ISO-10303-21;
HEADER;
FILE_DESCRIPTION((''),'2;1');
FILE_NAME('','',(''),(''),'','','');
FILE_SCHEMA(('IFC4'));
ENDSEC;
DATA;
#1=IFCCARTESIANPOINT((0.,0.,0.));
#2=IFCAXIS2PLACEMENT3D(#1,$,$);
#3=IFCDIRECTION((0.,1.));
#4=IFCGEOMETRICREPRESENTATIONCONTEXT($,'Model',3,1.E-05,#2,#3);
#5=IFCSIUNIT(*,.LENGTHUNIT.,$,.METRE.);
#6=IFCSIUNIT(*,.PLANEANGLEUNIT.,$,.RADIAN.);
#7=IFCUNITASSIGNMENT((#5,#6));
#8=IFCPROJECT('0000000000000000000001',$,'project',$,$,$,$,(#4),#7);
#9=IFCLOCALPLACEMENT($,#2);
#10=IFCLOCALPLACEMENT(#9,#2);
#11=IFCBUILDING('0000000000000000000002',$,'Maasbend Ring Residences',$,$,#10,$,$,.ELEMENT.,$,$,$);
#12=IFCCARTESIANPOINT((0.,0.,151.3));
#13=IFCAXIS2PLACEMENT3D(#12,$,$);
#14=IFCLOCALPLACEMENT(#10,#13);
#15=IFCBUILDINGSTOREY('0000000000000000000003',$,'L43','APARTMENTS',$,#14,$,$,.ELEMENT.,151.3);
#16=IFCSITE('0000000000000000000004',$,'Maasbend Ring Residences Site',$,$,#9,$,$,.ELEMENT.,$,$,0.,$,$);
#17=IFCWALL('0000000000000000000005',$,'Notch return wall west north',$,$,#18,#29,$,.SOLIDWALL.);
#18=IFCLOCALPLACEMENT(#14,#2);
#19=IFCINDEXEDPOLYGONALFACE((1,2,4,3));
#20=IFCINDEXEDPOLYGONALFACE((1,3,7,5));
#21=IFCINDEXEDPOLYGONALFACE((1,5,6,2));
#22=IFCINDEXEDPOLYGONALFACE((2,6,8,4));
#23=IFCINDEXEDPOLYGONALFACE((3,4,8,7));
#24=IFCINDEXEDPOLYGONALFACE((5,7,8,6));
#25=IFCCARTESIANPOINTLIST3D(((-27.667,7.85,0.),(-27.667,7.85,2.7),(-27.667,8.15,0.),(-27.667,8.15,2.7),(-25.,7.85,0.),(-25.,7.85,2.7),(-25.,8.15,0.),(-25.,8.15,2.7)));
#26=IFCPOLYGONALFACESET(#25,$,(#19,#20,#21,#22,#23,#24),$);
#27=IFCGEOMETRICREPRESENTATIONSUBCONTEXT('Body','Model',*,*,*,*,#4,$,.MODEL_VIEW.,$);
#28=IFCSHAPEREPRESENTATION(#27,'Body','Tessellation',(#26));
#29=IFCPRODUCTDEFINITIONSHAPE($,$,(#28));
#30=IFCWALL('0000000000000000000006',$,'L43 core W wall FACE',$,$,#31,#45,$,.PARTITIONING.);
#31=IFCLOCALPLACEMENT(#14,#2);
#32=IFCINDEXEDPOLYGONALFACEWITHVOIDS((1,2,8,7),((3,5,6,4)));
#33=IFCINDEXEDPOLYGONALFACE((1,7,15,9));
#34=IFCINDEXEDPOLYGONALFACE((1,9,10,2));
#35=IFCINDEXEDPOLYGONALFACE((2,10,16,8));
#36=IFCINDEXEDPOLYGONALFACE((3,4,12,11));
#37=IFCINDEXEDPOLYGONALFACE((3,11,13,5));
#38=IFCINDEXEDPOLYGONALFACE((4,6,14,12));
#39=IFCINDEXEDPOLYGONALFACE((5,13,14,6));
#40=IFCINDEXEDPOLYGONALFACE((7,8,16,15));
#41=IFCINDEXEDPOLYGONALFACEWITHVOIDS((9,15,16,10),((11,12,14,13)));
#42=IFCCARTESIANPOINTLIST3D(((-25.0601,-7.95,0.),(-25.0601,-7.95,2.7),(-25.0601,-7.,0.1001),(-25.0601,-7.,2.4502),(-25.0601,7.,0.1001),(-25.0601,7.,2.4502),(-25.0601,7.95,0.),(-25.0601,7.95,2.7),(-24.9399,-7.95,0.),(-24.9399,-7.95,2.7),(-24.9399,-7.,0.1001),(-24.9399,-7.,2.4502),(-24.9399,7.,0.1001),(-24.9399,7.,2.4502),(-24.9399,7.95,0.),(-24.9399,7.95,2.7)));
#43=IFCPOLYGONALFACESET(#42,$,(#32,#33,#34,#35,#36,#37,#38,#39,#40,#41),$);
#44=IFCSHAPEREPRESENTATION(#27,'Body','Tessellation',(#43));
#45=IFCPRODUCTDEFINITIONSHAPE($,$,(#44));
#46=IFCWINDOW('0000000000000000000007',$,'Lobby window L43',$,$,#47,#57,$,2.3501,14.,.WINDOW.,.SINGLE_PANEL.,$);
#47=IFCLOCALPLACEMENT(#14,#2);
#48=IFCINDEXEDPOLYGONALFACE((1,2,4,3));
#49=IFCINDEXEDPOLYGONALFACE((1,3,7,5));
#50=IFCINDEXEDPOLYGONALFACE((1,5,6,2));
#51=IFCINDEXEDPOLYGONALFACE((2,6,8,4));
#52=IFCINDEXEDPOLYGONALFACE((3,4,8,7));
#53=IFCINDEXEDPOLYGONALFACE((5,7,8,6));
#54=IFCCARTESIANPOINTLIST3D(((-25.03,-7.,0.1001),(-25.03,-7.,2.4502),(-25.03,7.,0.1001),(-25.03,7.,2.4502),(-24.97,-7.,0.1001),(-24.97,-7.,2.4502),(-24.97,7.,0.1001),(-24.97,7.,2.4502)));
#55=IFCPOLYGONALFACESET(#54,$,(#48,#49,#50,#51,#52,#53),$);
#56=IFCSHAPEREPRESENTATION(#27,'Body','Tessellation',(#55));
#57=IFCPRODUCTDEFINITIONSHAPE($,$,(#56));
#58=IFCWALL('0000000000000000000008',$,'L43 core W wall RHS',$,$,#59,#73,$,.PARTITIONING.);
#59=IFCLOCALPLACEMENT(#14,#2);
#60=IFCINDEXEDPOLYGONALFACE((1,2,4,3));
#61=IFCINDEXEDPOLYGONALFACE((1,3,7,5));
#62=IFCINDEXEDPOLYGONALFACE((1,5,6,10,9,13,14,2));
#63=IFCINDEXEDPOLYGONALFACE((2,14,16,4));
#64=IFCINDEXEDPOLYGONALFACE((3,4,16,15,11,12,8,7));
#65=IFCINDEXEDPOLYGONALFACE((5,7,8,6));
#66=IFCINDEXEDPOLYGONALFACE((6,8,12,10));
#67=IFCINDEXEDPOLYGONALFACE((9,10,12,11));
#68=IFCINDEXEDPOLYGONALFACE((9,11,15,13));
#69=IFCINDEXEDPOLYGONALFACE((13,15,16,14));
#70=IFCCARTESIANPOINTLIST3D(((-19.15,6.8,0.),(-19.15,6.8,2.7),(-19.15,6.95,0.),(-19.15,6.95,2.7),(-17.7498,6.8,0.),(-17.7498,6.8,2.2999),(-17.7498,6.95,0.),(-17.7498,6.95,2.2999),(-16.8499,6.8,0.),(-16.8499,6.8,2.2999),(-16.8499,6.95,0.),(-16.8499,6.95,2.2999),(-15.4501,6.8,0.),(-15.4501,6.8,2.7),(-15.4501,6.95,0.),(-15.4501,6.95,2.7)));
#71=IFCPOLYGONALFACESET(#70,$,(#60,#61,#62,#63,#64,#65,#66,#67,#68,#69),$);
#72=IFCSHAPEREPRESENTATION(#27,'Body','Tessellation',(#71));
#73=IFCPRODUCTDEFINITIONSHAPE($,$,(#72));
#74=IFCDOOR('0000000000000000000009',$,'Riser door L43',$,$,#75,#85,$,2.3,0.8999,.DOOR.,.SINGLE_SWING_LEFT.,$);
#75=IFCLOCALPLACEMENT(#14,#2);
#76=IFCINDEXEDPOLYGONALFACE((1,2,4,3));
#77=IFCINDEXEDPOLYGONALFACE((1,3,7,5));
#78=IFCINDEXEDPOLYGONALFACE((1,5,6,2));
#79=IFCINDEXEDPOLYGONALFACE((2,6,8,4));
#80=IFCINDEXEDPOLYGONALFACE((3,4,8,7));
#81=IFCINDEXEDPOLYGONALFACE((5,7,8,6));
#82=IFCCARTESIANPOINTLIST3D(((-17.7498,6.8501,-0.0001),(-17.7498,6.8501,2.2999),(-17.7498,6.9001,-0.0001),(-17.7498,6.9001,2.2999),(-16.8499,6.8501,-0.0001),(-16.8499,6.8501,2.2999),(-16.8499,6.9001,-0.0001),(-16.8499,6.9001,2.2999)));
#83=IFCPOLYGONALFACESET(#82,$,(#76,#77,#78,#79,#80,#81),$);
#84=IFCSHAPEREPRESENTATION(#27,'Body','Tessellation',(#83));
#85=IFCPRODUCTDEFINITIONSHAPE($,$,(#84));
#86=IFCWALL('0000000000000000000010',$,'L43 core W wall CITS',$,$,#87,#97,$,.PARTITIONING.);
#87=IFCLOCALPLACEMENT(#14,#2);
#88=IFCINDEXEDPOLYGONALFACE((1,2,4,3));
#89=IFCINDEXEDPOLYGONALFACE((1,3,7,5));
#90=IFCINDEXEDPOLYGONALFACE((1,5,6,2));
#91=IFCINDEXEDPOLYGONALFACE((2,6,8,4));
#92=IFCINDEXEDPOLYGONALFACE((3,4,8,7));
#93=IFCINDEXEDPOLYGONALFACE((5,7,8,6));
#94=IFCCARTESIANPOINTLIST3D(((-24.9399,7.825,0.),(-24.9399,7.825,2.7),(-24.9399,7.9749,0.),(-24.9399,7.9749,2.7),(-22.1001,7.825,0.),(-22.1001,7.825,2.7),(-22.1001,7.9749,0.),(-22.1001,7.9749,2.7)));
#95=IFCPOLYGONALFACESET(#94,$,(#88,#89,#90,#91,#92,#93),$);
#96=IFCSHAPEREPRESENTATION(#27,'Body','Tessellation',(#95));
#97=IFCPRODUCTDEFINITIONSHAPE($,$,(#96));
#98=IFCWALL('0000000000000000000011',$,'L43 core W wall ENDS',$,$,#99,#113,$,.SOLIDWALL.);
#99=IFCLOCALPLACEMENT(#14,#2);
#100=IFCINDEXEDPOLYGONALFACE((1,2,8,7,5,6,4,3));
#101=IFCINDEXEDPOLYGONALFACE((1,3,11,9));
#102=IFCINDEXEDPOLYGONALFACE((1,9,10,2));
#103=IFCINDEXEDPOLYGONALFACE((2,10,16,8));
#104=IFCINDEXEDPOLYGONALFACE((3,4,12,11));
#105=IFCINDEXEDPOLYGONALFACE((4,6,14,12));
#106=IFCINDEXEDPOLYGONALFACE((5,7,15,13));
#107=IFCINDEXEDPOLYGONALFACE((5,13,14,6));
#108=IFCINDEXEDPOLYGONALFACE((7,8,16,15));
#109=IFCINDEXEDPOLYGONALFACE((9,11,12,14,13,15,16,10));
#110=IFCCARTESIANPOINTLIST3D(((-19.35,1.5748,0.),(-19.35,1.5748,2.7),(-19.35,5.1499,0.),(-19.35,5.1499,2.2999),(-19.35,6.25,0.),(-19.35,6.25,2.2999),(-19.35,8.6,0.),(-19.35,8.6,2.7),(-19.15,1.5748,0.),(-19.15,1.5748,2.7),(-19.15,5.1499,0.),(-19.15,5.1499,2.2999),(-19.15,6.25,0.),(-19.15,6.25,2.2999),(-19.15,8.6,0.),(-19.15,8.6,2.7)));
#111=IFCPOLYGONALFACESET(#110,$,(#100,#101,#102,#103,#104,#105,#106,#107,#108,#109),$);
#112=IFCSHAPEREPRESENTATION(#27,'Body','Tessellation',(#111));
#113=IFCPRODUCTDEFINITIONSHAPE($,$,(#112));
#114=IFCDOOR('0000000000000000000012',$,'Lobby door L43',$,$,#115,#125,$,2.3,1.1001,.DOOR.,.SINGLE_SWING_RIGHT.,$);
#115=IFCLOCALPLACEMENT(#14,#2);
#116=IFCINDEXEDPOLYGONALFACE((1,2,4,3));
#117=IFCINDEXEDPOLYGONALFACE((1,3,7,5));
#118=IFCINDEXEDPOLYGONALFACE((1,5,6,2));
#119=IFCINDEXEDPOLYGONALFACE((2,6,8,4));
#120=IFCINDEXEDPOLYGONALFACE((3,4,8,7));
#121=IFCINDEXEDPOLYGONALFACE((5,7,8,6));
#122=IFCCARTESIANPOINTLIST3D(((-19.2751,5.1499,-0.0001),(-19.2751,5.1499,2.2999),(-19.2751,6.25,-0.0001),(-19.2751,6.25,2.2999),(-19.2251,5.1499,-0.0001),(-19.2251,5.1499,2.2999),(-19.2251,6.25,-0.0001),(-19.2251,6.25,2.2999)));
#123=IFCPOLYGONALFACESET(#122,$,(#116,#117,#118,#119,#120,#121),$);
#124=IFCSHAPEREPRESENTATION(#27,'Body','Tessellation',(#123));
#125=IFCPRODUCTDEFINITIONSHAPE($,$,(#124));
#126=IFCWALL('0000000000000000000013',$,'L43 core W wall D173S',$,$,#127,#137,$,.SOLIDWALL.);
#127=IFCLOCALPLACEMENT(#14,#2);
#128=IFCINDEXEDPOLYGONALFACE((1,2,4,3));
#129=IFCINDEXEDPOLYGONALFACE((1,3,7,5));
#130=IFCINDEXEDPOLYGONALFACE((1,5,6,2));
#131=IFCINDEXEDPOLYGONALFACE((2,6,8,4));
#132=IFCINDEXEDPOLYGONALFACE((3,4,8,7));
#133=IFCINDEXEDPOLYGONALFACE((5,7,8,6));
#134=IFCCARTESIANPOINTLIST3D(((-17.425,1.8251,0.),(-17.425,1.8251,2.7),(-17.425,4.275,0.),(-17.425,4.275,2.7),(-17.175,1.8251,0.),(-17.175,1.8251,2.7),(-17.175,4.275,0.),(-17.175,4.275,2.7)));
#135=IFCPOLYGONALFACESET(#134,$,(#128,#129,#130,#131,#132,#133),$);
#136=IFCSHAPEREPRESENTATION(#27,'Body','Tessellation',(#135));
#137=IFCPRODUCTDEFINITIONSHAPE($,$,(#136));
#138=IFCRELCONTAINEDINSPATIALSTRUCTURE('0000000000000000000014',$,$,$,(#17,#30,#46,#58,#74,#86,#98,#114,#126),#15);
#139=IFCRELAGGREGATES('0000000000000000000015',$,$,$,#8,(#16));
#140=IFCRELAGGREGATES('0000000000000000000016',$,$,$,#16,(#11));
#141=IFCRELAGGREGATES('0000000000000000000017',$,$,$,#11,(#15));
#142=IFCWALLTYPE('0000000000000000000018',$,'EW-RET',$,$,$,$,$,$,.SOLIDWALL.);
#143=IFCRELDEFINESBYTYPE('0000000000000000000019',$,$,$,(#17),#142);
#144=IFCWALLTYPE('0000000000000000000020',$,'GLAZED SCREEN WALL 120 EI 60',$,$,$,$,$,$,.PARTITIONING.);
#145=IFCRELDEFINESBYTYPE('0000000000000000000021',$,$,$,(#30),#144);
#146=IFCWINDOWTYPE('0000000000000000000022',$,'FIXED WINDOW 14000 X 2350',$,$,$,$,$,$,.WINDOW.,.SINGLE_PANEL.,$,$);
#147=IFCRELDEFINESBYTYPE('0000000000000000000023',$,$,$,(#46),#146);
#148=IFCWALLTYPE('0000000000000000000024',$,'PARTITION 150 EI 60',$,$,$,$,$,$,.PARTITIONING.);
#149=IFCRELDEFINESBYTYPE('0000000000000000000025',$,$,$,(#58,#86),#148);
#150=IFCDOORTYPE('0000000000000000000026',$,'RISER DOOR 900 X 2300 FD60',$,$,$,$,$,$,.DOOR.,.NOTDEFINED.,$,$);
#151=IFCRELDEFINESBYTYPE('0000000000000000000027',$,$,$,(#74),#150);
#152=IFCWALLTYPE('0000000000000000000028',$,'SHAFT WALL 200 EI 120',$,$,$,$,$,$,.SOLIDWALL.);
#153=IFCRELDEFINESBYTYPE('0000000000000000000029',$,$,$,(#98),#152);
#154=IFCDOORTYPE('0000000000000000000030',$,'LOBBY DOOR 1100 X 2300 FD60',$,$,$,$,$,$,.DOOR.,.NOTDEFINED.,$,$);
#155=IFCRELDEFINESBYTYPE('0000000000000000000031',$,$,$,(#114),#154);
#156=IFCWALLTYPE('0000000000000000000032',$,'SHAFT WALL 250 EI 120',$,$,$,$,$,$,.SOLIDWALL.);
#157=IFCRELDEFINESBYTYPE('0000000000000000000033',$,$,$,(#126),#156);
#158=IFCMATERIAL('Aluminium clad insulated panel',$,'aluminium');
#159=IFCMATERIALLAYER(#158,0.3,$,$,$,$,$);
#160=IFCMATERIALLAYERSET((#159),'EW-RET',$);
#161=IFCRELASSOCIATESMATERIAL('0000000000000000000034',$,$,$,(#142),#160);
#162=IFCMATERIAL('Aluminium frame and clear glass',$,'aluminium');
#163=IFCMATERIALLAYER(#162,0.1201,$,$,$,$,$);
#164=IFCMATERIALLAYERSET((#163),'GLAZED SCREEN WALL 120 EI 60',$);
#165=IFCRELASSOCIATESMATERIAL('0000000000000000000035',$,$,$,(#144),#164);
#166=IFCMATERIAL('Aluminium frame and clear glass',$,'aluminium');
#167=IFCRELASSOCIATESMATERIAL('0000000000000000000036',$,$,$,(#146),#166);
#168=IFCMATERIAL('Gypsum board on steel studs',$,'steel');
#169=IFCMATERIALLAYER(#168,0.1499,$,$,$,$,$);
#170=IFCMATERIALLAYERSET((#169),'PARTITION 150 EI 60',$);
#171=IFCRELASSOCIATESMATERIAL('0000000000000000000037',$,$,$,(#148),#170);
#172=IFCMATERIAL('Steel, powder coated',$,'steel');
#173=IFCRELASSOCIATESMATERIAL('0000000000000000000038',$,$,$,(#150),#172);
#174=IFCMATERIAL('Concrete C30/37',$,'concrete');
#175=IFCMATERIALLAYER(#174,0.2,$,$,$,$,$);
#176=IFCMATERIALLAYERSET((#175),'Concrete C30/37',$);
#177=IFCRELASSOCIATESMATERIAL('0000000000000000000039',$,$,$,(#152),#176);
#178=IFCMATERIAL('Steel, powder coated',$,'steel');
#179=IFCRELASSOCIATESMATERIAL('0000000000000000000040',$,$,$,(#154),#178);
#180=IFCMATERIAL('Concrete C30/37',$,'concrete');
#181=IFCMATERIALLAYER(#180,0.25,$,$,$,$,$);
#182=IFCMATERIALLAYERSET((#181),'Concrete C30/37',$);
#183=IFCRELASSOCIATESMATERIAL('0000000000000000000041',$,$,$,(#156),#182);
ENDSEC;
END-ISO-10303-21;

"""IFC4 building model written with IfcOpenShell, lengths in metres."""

from ifc_helpers import new_model, si_unit, direction, frame, frame_2d, origin, place, context, subcontext, project, spatial, rectangle, extrude, material, layer, layer_set, type_object, element, fill, save


model = new_model("IFC4")

# Units and contexts
model_context = context("Model", 3, precision=1e-05, world=origin(), true_north=direction((0.0, 1.0)))
body_context = subcontext(model_context, "Body", "Model", "MODEL_VIEW")
ifc_project = project(units=[si_unit("LENGTHUNIT", "METRE"), si_unit("PLANEANGLEUNIT", "RADIAN")], contexts=[model_context])

# Site, building, storey
site_placement = place(None, origin())
site = spatial("IfcSite", under=ifc_project, at=site_placement, Name="Maasbend Ring Residences Site", CompositionType="ELEMENT", RefElevation=0.0)
building_placement = place(site_placement, origin())
building = spatial("IfcBuilding", under=site, at=building_placement, Name="Maasbend Ring Residences", CompositionType="ELEMENT")
storey_placement = place(building_placement, frame((0.0, 0.0, 151.3)))
storey = spatial("IfcBuildingStorey", under=building, at=storey_placement, Name="L43", Description="APARTMENTS", CompositionType="ELEMENT", Elevation=151.3)

# Wall
ifc_material_1 = material(Name="Aluminium clad insulated panel", Category="aluminium")
ifc_layer_1 = layer(ifc_material_1, 0.3)
ifc_layer_set_1 = layer_set([ifc_layer_1], Name="EW-RET")
wall_type_1 = type_object("IfcWallType", Name="EW-RET", PredefinedType="SOLIDWALL", material=ifc_layer_set_1)
wall_1_placement = place(storey_placement, frame((-25.0, 8.0, 0.0), z_axis=(0.0, 0.0, 1.0), x_axis=(-1.0, 0.0, 0.0)))
element("IfcWall", 1, at=wall_1_placement, inside=storey, type_object=wall_type_1, Name="Notch return wall west north", PredefinedType="SOLIDWALL", context=body_context, shape_type="SweptSolid", body=[
    extrude(rectangle(XDim=2.667, YDim=0.3, at=frame_2d((1.3335, 0.0))), origin(), (0.0, 0.0, 1.0), 2.7),
])

# Wall, opening, window
ifc_material_2 = material(Name="Aluminium frame and clear glass", Category="aluminium")
ifc_layer_2 = layer(ifc_material_2, 0.1201)
ifc_layer_set_2 = layer_set([ifc_layer_2], Name="GLAZED SCREEN WALL 120 EI 60")
wall_type_2 = type_object("IfcWallType", Name="GLAZED SCREEN WALL 120 EI 60", PredefinedType="PARTITIONING", material=ifc_layer_set_2)
wall_2_placement = place(storey_placement, frame((-25.0, 7.95, 0.0), z_axis=(0.0, 0.0, 1.0), x_axis=(0.0, -1.0, 0.0)))
wall_2 = element("IfcWall", 2, at=wall_2_placement, inside=storey, type_object=wall_type_2, Name="L43 core W wall FACE", PredefinedType="PARTITIONING", context=body_context, shape_type="SweptSolid", body=[
    extrude(rectangle(XDim=15.8999, YDim=0.1201, at=frame_2d((7.95, 0.0))), origin(), (0.0, 0.0, 1.0), 2.7),
])
opening_1_placement = place(wall_2_placement, frame((0.95, 0.0, 0.1001)))
opening_1 = element("IfcOpeningElement", 3, at=opening_1_placement, cuts=wall_2, PredefinedType="OPENING", context=body_context, shape_type="SweptSolid", body=[
    extrude(rectangle(XDim=14.0, YDim=2.3501, at=frame_2d((7.0, 1.175))), frame((0.0, 0.0701, 0.0), z_axis=(0.0, -1.0, 0.0), x_axis=(1.0, 0.0, 0.0)), (0.0, 0.0, 1.0), 0.1401),
])
ifc_material_3 = material(Name="Aluminium frame and clear glass", Category="aluminium")
window_type_1 = type_object("IfcWindowType", Name="FIXED WINDOW 14000 X 2350", PartitioningType="SINGLE_PANEL", PredefinedType="WINDOW", material=ifc_material_3)
window_1_placement = place(opening_1_placement, origin())
window_1 = element("IfcWindow", 4, at=window_1_placement, inside=storey, type_object=window_type_1, Name="Lobby window L43", OverallHeight=2.3501, OverallWidth=14.0, PartitioningType="SINGLE_PANEL", PredefinedType="WINDOW", context=body_context, shape_type="SweptSolid", body=[
    extrude(rectangle(XDim=14.0, YDim=2.3501, at=frame_2d((7.0, 1.175))), frame((0.0, 0.03, 0.0), z_axis=(0.0, -1.0, 0.0), x_axis=(1.0, 0.0, 0.0)), (0.0, 0.0, 1.0), 0.0601),
])
fill(opening_1, window_1)

# Wall, opening, door
ifc_material_4 = material(Name="Gypsum board on steel studs", Category="steel")
ifc_layer_3 = layer(ifc_material_4, 0.1499)
ifc_layer_set_3 = layer_set([ifc_layer_3], Name="PARTITION 150 EI 60")
wall_type_3 = type_object("IfcWallType", Name="PARTITION 150 EI 60", PredefinedType="PARTITIONING", material=ifc_layer_set_3)
wall_3_placement = place(storey_placement, frame((-15.45, 6.875, 0.0), z_axis=(0.0, 0.0, 1.0), x_axis=(-1.0, 0.0, 0.0)))
wall_3 = element("IfcWall", 5, at=wall_3_placement, inside=storey, type_object=wall_type_3, Name="L43 core W wall RHS", PredefinedType="PARTITIONING", context=body_context, shape_type="SweptSolid", body=[
    extrude(rectangle(XDim=3.7, YDim=0.1499, at=frame_2d((1.8501, 0.0))), origin(), (0.0, 0.0, 1.0), 2.7),
])
opening_2_placement = place(wall_3_placement, frame((1.3999, 0.0, 0.0)))
opening_2 = element("IfcOpeningElement", 6, at=opening_2_placement, cuts=wall_3, PredefinedType="OPENING", context=body_context, shape_type="SweptSolid", body=[
    extrude(rectangle(XDim=0.8999, YDim=2.3, at=frame_2d((0.45, 1.1499))), frame((0.0, 0.085, 0.0), z_axis=(0.0, -1.0, 0.0), x_axis=(1.0, 0.0, 0.0)), (0.0, 0.0, 1.0), 0.1699),
])
ifc_material_5 = material(Name="Steel, powder coated", Category="steel")
door_type_1 = type_object("IfcDoorType", Name="RISER DOOR 900 X 2300 FD60", OperationType="NOTDEFINED", PredefinedType="DOOR", material=ifc_material_5)
door_1_placement = place(opening_2_placement, origin())
door_1 = element("IfcDoor", 7, at=door_1_placement, inside=storey, type_object=door_type_1, Name="Riser door L43", OperationType="SINGLE_SWING_LEFT", OverallHeight=2.3, OverallWidth=0.8999, PredefinedType="DOOR", context=body_context, shape_type="SweptSolid", body=[
    extrude(rectangle(XDim=0.8999, YDim=2.3, at=frame_2d((0.45, 1.1499))), frame((0.0, 0.0249, 0.0), z_axis=(0.0, -1.0, 0.0), x_axis=(1.0, 0.0, 0.0)), (0.0, 0.0, 1.0), 0.05),
])
fill(opening_2, door_1)

# Wall
wall_4_placement = place(storey_placement, frame((-22.1001, 7.8999, 0.0), z_axis=(0.0, 0.0, 1.0), x_axis=(-1.0, 0.0, 0.0)))
element("IfcWall", 8, at=wall_4_placement, inside=storey, type_object=wall_type_3, Name="L43 core W wall CITS", PredefinedType="PARTITIONING", context=body_context, shape_type="SweptSolid", body=[
    extrude(rectangle(XDim=2.8398, YDim=0.1499, at=frame_2d((1.4199, 0.0))), origin(), (0.0, 0.0, 1.0), 2.7),
])

# Wall, opening, door
ifc_material_6 = material(Name="Concrete C30/37", Category="concrete")
ifc_layer_4 = layer(ifc_material_6, 0.2)
ifc_layer_set_4 = layer_set([ifc_layer_4], Name="Concrete C30/37")
wall_type_4 = type_object("IfcWallType", Name="SHAFT WALL 200 EI 120", PredefinedType="SOLIDWALL", material=ifc_layer_set_4)
wall_5_placement = place(storey_placement, frame((-19.25, 8.6001, 0.0), z_axis=(0.0, 0.0, 1.0), x_axis=(0.0, -1.0, 0.0)))
wall_5 = element("IfcWall", 9, at=wall_5_placement, inside=storey, type_object=wall_type_4, Name="L43 core W wall ENDS", PredefinedType="SOLIDWALL", context=body_context, shape_type="SweptSolid", body=[
    extrude(rectangle(XDim=7.0251, YDim=0.2, at=frame_2d((3.5127, 0.0))), origin(), (0.0, 0.0, 1.0), 2.7),
])
opening_3_placement = place(wall_5_placement, frame((2.3501, 0.0, 0.0)))
opening_3 = element("IfcOpeningElement", 10, at=opening_3_placement, cuts=wall_5, PredefinedType="OPENING", context=body_context, shape_type="SweptSolid", body=[
    extrude(rectangle(XDim=1.1001, YDim=2.3, at=frame_2d((0.55, 1.1499))), frame((0.0, 0.1099, 0.0), z_axis=(0.0, -1.0, 0.0), x_axis=(1.0, 0.0, 0.0)), (0.0, 0.0, 1.0), 0.22),
])
ifc_material_7 = material(Name="Steel, powder coated", Category="steel")
door_type_2 = type_object("IfcDoorType", Name="LOBBY DOOR 1100 X 2300 FD60", OperationType="NOTDEFINED", PredefinedType="DOOR", material=ifc_material_7)
door_2_placement = place(opening_3_placement, origin())
door_2 = element("IfcDoor", 11, at=door_2_placement, inside=storey, type_object=door_type_2, Name="Lobby door L43", OperationType="SINGLE_SWING_RIGHT", OverallHeight=2.3, OverallWidth=1.1001, PredefinedType="DOOR", context=body_context, shape_type="SweptSolid", body=[
    extrude(rectangle(XDim=1.1001, YDim=2.3, at=frame_2d((0.55, 1.1499))), frame((0.0, 0.0249, 0.0), z_axis=(0.0, -1.0, 0.0), x_axis=(1.0, 0.0, 0.0)), (0.0, 0.0, 1.0), 0.05),
])
fill(opening_3, door_2)

# Wall
ifc_material_8 = material(Name="Concrete C30/37", Category="concrete")
ifc_layer_5 = layer(ifc_material_8, 0.25)
ifc_layer_set_5 = layer_set([ifc_layer_5], Name="Concrete C30/37")
wall_type_5 = type_object("IfcWallType", Name="SHAFT WALL 250 EI 120", PredefinedType="SOLIDWALL", material=ifc_layer_set_5)
wall_6_placement = place(storey_placement, frame((-17.3, 1.825, 0.0), z_axis=(0.0, 0.0, 1.0), x_axis=(0.0, 1.0, 0.0)))
element("IfcWall", 12, at=wall_6_placement, inside=storey, type_object=wall_type_5, Name="L43 core W wall D173S", PredefinedType="SOLIDWALL", context=body_context, shape_type="SweptSolid", body=[
    extrude(rectangle(XDim=2.45, YDim=0.25, at=frame_2d((1.2251, 0.0))), origin(), (0.0, 0.0, 1.0), 2.7),
])

save(model, "model.ifc")
